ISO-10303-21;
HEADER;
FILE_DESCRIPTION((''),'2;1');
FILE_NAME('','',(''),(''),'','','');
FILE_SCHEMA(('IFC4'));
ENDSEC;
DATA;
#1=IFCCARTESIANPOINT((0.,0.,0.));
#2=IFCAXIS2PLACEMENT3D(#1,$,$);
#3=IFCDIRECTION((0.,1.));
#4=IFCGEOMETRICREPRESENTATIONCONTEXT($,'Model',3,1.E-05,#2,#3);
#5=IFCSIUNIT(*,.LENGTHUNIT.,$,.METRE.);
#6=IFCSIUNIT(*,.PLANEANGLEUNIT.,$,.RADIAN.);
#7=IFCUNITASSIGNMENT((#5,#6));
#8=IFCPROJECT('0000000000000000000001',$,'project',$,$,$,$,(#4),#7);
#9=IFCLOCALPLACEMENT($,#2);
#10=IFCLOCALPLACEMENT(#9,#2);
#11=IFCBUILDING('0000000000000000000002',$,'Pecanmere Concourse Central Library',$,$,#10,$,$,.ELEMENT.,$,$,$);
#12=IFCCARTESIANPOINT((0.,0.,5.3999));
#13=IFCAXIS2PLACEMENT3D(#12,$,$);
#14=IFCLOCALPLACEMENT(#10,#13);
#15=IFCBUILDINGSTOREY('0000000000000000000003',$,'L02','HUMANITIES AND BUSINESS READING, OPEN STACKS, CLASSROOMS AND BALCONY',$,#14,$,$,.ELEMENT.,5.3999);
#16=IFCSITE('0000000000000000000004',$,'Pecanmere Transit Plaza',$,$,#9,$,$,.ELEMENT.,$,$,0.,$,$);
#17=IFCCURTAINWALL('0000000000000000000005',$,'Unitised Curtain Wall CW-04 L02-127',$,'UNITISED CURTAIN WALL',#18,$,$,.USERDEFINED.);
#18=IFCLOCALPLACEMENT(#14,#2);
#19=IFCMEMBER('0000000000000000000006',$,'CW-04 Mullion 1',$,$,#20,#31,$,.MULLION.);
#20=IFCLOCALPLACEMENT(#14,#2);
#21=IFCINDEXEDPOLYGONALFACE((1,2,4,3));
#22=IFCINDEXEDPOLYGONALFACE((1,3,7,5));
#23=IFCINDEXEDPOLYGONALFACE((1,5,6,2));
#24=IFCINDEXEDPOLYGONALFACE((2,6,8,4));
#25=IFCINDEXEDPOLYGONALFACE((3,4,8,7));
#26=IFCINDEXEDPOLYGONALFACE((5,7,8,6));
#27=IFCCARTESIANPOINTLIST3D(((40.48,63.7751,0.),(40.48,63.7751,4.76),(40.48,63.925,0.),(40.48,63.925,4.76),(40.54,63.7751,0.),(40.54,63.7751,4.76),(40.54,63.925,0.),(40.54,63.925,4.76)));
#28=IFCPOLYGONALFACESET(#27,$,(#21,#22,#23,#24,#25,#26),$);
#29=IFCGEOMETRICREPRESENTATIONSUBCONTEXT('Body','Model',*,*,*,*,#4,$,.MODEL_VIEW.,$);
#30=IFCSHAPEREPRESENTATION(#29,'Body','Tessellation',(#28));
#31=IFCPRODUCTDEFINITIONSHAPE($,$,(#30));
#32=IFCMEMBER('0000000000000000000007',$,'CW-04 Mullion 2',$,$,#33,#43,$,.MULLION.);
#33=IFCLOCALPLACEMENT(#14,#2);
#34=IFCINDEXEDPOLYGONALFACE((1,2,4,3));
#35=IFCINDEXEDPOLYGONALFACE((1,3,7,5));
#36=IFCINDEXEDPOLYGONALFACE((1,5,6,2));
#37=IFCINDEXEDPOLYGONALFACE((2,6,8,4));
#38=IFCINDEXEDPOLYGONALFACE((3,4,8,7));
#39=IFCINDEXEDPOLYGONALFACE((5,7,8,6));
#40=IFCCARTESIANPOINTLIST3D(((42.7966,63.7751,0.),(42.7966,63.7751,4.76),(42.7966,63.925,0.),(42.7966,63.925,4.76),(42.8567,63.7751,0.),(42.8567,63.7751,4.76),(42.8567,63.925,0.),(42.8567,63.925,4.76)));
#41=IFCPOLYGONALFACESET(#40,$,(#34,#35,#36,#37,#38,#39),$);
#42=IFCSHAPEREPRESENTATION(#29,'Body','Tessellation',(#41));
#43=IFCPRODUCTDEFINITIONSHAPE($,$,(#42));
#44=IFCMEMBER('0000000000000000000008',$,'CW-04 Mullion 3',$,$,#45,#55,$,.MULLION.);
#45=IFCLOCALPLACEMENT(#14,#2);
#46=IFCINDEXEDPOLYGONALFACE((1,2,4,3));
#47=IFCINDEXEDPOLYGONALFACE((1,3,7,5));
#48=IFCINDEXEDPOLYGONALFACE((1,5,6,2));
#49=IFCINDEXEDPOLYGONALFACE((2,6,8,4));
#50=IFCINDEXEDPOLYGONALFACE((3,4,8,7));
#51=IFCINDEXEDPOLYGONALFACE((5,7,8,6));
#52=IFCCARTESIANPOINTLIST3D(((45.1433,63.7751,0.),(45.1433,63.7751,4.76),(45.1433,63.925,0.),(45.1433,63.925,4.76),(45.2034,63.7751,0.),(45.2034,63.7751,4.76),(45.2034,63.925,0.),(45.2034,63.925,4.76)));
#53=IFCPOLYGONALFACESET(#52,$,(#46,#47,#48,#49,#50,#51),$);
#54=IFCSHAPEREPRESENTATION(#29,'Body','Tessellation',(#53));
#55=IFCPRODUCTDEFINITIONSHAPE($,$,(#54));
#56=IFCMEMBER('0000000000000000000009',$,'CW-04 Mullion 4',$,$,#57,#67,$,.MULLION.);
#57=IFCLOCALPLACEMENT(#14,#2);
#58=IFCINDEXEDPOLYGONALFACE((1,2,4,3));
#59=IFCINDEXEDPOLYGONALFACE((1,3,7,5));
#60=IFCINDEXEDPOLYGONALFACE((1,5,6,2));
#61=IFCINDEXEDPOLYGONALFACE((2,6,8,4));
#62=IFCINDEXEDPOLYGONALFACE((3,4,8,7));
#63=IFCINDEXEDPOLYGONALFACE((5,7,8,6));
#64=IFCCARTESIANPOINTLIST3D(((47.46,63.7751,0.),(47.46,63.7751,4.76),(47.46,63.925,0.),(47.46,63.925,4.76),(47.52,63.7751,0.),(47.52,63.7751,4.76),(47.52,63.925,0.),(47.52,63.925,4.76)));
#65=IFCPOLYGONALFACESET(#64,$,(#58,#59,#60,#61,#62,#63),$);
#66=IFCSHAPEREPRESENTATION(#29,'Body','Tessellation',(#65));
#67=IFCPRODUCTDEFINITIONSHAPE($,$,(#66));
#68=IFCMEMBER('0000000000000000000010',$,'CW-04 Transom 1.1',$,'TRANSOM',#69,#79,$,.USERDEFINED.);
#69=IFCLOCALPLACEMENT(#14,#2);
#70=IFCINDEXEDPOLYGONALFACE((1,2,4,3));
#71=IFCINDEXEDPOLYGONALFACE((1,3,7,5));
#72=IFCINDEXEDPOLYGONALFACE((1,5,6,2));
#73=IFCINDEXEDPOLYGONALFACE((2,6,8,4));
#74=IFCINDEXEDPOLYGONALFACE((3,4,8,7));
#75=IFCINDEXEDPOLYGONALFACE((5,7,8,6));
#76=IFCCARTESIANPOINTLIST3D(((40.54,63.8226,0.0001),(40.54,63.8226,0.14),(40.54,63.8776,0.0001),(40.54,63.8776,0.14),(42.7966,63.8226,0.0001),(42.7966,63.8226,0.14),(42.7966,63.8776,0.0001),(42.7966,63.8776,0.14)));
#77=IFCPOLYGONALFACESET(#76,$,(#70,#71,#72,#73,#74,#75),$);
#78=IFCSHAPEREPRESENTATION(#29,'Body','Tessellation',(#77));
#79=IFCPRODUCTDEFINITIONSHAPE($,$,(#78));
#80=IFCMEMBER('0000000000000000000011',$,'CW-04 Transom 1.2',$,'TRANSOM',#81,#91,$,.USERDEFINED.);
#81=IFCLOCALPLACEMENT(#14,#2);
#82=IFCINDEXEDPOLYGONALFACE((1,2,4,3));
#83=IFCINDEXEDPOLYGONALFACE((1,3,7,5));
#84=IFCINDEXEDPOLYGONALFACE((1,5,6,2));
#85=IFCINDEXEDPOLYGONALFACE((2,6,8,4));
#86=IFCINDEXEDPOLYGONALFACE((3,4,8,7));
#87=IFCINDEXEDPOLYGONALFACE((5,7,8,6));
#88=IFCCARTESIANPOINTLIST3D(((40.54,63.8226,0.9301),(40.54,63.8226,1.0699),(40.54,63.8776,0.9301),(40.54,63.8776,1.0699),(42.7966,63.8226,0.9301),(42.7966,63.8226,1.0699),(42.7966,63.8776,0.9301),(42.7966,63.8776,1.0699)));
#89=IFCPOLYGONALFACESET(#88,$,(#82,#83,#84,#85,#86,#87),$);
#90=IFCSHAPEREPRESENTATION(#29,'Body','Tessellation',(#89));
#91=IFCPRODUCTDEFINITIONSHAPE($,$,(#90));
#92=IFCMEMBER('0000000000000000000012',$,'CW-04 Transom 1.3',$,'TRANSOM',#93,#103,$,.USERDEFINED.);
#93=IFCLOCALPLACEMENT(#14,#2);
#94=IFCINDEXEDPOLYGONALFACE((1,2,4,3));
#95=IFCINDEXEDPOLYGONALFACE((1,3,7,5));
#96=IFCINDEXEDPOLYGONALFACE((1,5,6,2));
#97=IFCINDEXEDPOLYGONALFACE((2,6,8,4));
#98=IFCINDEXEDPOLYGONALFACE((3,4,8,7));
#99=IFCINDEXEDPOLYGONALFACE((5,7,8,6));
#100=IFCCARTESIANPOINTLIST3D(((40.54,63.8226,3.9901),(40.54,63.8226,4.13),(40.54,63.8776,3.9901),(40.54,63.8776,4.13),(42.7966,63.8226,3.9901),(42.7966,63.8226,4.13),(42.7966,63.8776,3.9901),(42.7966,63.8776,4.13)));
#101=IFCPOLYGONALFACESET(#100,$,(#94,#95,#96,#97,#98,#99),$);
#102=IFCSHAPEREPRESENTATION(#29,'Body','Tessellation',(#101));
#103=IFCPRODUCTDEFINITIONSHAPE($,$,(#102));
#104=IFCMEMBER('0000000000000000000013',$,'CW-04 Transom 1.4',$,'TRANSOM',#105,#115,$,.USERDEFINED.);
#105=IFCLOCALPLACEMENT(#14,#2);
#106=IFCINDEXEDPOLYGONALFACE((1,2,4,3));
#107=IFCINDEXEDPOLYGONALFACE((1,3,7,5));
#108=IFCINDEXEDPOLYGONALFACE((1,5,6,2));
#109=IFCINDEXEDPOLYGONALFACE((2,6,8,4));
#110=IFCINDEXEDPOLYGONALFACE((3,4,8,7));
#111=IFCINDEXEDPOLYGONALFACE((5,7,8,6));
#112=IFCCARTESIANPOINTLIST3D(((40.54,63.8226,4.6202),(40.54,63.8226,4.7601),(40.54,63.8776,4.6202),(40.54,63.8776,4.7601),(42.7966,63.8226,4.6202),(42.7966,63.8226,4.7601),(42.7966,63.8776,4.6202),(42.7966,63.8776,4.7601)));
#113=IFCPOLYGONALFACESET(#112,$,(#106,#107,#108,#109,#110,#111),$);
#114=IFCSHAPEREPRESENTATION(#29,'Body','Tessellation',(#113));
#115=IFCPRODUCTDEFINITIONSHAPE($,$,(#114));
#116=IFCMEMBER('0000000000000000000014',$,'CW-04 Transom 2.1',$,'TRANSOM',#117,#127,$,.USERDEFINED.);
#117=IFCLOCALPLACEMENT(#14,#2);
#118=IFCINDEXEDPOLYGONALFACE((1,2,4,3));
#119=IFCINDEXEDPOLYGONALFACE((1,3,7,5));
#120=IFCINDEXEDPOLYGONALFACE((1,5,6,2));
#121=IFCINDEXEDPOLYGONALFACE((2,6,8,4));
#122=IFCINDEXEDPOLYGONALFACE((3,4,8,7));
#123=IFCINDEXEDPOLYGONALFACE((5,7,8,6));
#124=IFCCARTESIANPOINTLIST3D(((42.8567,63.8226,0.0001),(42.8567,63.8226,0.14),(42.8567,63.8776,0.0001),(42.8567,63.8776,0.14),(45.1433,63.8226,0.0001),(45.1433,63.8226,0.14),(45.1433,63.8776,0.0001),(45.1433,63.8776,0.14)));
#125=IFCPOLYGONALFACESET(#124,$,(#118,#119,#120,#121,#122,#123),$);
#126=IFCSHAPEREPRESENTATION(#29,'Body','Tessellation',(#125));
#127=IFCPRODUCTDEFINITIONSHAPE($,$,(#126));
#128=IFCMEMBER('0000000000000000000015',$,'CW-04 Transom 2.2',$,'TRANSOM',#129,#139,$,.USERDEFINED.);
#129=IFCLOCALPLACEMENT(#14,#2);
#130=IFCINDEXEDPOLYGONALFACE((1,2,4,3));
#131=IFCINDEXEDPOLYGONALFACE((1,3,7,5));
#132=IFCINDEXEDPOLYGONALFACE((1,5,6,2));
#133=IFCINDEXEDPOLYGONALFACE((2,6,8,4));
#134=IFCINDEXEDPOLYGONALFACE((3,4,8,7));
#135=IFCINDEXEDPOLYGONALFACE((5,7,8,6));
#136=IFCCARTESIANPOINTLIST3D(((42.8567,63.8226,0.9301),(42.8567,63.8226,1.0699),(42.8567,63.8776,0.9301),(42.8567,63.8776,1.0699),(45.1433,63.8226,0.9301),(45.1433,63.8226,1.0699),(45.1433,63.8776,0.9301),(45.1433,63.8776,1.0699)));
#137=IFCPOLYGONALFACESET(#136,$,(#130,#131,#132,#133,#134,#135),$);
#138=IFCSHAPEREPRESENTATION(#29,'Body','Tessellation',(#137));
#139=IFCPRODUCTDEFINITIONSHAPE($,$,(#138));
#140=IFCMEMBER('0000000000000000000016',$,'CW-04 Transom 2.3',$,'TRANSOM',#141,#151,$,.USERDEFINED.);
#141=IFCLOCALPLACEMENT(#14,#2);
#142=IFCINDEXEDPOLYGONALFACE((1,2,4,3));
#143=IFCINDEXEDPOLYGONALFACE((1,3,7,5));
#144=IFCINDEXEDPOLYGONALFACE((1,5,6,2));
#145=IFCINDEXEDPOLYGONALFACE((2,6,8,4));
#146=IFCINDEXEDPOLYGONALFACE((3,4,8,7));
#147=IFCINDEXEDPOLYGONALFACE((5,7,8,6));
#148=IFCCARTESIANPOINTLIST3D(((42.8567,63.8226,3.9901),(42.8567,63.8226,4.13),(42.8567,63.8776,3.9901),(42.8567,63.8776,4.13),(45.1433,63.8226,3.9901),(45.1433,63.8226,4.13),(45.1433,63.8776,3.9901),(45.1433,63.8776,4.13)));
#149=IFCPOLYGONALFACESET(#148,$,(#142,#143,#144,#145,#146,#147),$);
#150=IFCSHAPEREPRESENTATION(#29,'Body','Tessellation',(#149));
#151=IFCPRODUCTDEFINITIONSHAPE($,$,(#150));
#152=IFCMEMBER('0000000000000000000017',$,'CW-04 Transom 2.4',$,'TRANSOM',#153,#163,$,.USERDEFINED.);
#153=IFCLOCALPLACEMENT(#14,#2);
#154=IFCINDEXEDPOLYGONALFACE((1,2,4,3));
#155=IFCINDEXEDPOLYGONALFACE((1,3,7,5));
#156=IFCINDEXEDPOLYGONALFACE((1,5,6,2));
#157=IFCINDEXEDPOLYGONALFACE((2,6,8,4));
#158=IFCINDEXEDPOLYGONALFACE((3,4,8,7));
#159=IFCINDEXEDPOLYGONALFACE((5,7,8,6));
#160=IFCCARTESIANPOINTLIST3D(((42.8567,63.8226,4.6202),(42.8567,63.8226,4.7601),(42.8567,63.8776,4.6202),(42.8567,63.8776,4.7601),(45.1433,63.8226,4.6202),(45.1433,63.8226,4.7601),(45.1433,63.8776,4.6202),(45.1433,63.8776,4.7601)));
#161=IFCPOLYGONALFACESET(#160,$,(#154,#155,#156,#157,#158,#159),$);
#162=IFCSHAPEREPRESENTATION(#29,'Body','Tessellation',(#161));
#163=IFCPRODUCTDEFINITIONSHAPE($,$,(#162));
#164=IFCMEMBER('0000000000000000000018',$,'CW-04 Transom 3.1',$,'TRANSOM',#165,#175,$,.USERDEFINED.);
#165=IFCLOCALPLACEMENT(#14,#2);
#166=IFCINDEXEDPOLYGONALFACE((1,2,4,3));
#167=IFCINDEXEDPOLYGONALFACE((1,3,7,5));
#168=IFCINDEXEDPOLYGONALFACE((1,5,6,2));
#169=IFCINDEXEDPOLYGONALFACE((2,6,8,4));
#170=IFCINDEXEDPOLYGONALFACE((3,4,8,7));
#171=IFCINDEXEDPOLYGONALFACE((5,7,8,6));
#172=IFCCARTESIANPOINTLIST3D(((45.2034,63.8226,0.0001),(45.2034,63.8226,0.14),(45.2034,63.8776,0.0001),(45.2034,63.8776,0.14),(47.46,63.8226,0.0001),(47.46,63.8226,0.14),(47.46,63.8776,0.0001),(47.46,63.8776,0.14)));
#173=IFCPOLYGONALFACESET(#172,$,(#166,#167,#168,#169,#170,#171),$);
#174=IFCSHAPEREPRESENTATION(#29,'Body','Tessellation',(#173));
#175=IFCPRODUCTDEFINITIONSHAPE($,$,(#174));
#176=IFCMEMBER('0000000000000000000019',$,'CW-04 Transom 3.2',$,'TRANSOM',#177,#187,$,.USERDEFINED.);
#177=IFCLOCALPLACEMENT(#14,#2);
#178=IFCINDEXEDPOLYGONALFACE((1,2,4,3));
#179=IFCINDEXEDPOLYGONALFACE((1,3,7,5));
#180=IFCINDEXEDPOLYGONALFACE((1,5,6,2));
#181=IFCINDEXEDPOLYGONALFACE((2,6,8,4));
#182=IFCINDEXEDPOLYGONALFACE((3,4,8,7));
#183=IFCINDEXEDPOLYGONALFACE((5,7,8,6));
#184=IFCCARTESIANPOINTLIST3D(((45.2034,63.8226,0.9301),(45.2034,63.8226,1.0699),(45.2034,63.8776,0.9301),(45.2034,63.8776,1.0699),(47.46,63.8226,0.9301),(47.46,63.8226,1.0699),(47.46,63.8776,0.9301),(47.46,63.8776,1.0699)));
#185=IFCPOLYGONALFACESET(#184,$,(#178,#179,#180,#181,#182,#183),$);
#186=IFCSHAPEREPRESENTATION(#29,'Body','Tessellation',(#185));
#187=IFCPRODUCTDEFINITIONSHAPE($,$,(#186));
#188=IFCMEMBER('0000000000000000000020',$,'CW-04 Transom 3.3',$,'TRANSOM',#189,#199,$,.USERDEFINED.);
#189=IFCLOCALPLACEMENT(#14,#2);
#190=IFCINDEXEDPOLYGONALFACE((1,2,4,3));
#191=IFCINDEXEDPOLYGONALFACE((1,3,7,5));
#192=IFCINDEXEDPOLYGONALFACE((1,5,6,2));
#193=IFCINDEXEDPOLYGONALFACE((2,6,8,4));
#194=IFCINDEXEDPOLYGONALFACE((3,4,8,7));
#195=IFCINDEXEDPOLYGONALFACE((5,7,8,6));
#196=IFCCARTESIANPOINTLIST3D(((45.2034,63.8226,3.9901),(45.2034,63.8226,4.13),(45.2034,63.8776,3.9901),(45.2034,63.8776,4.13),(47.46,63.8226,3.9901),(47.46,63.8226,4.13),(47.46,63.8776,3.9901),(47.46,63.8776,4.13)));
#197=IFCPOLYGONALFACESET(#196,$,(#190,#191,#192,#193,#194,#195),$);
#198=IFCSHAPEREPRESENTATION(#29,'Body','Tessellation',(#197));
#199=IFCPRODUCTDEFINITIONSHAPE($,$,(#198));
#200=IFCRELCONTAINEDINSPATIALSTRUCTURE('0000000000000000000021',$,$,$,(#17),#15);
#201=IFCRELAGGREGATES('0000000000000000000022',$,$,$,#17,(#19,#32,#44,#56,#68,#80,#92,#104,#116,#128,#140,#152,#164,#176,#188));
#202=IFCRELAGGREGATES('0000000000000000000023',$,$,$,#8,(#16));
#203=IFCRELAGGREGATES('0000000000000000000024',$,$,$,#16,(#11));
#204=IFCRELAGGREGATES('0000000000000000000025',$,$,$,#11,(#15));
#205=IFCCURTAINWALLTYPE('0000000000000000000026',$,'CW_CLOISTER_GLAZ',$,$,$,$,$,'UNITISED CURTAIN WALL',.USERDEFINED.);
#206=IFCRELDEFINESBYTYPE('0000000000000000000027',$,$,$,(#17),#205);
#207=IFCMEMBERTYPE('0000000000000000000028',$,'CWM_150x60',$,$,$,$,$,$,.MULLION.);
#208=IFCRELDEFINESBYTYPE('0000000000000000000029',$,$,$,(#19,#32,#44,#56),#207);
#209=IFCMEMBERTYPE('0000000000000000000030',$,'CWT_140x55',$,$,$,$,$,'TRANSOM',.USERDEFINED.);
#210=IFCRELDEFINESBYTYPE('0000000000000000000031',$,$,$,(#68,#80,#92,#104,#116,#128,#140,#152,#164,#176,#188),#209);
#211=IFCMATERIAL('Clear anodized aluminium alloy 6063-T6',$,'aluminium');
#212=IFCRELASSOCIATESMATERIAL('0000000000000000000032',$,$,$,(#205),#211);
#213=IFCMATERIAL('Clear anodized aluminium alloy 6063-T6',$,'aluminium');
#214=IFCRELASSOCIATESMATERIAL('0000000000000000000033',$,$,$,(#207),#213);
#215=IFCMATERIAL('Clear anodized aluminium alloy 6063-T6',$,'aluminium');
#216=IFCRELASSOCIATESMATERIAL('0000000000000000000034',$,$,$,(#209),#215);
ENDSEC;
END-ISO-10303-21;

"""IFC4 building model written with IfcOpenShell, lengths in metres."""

from ifc_helpers import new_model, si_unit, direction, frame, origin, origin_2d, place, context, subcontext, project, spatial, rectangle, extrude, material, material_profile, profile_set, type_object, element, aggregate, save


model = new_model("IFC4")

# Units and contexts
model_context = context("Model", 3, precision=1e-05, world=origin(), true_north=direction((0.0, 1.0)))
body_context = subcontext(model_context, "Body", "Model", "MODEL_VIEW")
ifc_project = project(units=[si_unit("LENGTHUNIT", "METRE"), si_unit("PLANEANGLEUNIT", "RADIAN")], contexts=[model_context])

# Site, building, storey
site_placement = place(None, origin())
site = spatial("IfcSite", under=ifc_project, at=site_placement, Name="Pecanmere Transit Plaza", CompositionType="ELEMENT", RefElevation=0.0)
building_placement = place(site_placement, origin())
building = spatial("IfcBuilding", under=site, at=building_placement, Name="Pecanmere Concourse Central Library", CompositionType="ELEMENT")
storey_placement = place(building_placement, frame((0.0, 0.0, 5.3999)))
storey = spatial("IfcBuildingStorey", under=building, at=storey_placement, Name="L02", Description="HUMANITIES AND BUSINESS READING, OPEN STACKS, CLASSROOMS AND BALCONY", CompositionType="ELEMENT", Elevation=5.3999)

# Curtain wall, members
ifc_material_1 = material(Name="Clear anodized aluminium alloy 6063-T6", Category="aluminium")
curtain_wall_type = type_object("IfcCurtainWallType", Name="CW_CLOISTER_GLAZ", ElementType="UNITISED CURTAIN WALL", PredefinedType="USERDEFINED", material=ifc_material_1)
curtain_wall_placement = place(storey_placement, origin())
curtain_wall = element("IfcCurtainWall", 1, at=curtain_wall_placement, inside=storey, type_object=curtain_wall_type, Name="Unitised Curtain Wall CW-04 L02-127", ObjectType="UNITISED CURTAIN WALL", PredefinedType="USERDEFINED")
ifc_material_2 = material(Name="Clear anodized aluminium alloy 6063-T6", Category="aluminium")
ifc_material_profile_1 = material_profile(ifc_material_2, rectangle(XDim=0.0601, YDim=0.1499, at=origin_2d()), Name="AL 60x150")
ifc_profile_set_1 = profile_set([ifc_material_profile_1], Name="Clear anodized aluminium alloy 6063-T6")
member_type_1 = type_object("IfcMemberType", Name="CWM_150x60", PredefinedType="MULLION", material=ifc_profile_set_1)
member_1_placement = place(storey_placement, frame((40.51, 63.8501, 0.0), z_axis=(0.0, 0.0, 1.0), x_axis=(1.0, 0.0, 0.0)))
member_1 = element("IfcMember", 2, at=member_1_placement, type_object=member_type_1, Name="CW-04 Mullion 1", PredefinedType="MULLION", context=body_context, shape_type="SweptSolid", body=[
    extrude(rectangle(XDim=0.0601, YDim=0.1499, at=origin_2d()), origin(), (0.0, 0.0, 1.0), 4.76),
])
member_2_placement = place(storey_placement, frame((42.8267, 63.8501, 0.0), z_axis=(0.0, 0.0, 1.0), x_axis=(1.0, 0.0, 0.0)))
member_2 = element("IfcMember", 3, at=member_2_placement, type_object=member_type_1, Name="CW-04 Mullion 2", PredefinedType="MULLION", context=body_context, shape_type="SweptSolid", body=[
    extrude(rectangle(XDim=0.0601, YDim=0.1499, at=origin_2d()), origin(), (0.0, 0.0, 1.0), 4.76),
])
member_3_placement = place(storey_placement, frame((45.1733, 63.8501, 0.0), z_axis=(0.0, 0.0, 1.0), x_axis=(1.0, 0.0, 0.0)))
member_3 = element("IfcMember", 4, at=member_3_placement, type_object=member_type_1, Name="CW-04 Mullion 3", PredefinedType="MULLION", context=body_context, shape_type="SweptSolid", body=[
    extrude(rectangle(XDim=0.0601, YDim=0.1499, at=origin_2d()), origin(), (0.0, 0.0, 1.0), 4.76),
])
member_4_placement = place(storey_placement, frame((47.49, 63.8501, 0.0), z_axis=(0.0, 0.0, 1.0), x_axis=(1.0, 0.0, 0.0)))
member_4 = element("IfcMember", 5, at=member_4_placement, type_object=member_type_1, Name="CW-04 Mullion 4", PredefinedType="MULLION", context=body_context, shape_type="SweptSolid", body=[
    extrude(rectangle(XDim=0.0601, YDim=0.1499, at=origin_2d()), origin(), (0.0, 0.0, 1.0), 4.76),
])
ifc_material_3 = material(Name="Clear anodized aluminium alloy 6063-T6", Category="aluminium")
ifc_material_profile_2 = material_profile(ifc_material_3, rectangle(XDim=0.0549, YDim=0.1399, at=origin_2d()), Name="AL 55x140")
ifc_profile_set_2 = profile_set([ifc_material_profile_2], Name="Clear anodized aluminium alloy 6063-T6")
member_type_2 = type_object("IfcMemberType", Name="CWT_140x55", ElementType="TRANSOM", PredefinedType="USERDEFINED", material=ifc_profile_set_2)
member_5_placement = place(storey_placement, frame((40.54, 63.8501, 0.0701), z_axis=(1.0, 0.0, 0.0), x_axis=(0.0, 1.0, 0.0)))
member_5 = element("IfcMember", 6, at=member_5_placement, type_object=member_type_2, Name="CW-04 Transom 1.1", ObjectType="TRANSOM", PredefinedType="USERDEFINED", context=body_context, shape_type="SweptSolid", body=[
    extrude(rectangle(XDim=0.0549, YDim=0.1399, at=origin_2d()), origin(), (0.0, 0.0, 1.0), 2.2566),
])
member_6_placement = place(storey_placement, frame((40.54, 63.8501, 1.0), z_axis=(1.0, 0.0, 0.0), x_axis=(0.0, 1.0, 0.0)))
member_6 = element("IfcMember", 7, at=member_6_placement, type_object=member_type_2, Name="CW-04 Transom 1.2", ObjectType="TRANSOM", PredefinedType="USERDEFINED", context=body_context, shape_type="SweptSolid", body=[
    extrude(rectangle(XDim=0.0549, YDim=0.1399, at=origin_2d()), origin(), (0.0, 0.0, 1.0), 2.2566),
])
member_7_placement = place(storey_placement, frame((40.54, 63.8501, 4.0601), z_axis=(1.0, 0.0, 0.0), x_axis=(0.0, 1.0, 0.0)))
member_7 = element("IfcMember", 8, at=member_7_placement, type_object=member_type_2, Name="CW-04 Transom 1.3", ObjectType="TRANSOM", PredefinedType="USERDEFINED", context=body_context, shape_type="SweptSolid", body=[
    extrude(rectangle(XDim=0.0549, YDim=0.1399, at=origin_2d()), origin(), (0.0, 0.0, 1.0), 2.2566),
])
member_8_placement = place(storey_placement, frame((40.54, 63.8501, 4.6902), z_axis=(1.0, 0.0, 0.0), x_axis=(0.0, 1.0, 0.0)))
member_8 = element("IfcMember", 9, at=member_8_placement, type_object=member_type_2, Name="CW-04 Transom 1.4", ObjectType="TRANSOM", PredefinedType="USERDEFINED", context=body_context, shape_type="SweptSolid", body=[
    extrude(rectangle(XDim=0.0549, YDim=0.1399, at=origin_2d()), origin(), (0.0, 0.0, 1.0), 2.2566),
])
member_9_placement = place(storey_placement, frame((42.8567, 63.8501, 0.0701), z_axis=(1.0, 0.0, 0.0), x_axis=(0.0, 1.0, 0.0)))
member_9 = element("IfcMember", 10, at=member_9_placement, type_object=member_type_2, Name="CW-04 Transom 2.1", ObjectType="TRANSOM", PredefinedType="USERDEFINED", context=body_context, shape_type="SweptSolid", body=[
    extrude(rectangle(XDim=0.0549, YDim=0.1399, at=origin_2d()), origin(), (0.0, 0.0, 1.0), 2.2866),
])
member_10_placement = place(storey_placement, frame((42.8567, 63.8501, 1.0), z_axis=(1.0, 0.0, 0.0), x_axis=(0.0, 1.0, 0.0)))
member_10 = element("IfcMember", 11, at=member_10_placement, type_object=member_type_2, Name="CW-04 Transom 2.2", ObjectType="TRANSOM", PredefinedType="USERDEFINED", context=body_context, shape_type="SweptSolid", body=[
    extrude(rectangle(XDim=0.0549, YDim=0.1399, at=origin_2d()), origin(), (0.0, 0.0, 1.0), 2.2866),
])
member_11_placement = place(storey_placement, frame((42.8567, 63.8501, 4.0601), z_axis=(1.0, 0.0, 0.0), x_axis=(0.0, 1.0, 0.0)))
member_11 = element("IfcMember", 12, at=member_11_placement, type_object=member_type_2, Name="CW-04 Transom 2.3", ObjectType="TRANSOM", PredefinedType="USERDEFINED", context=body_context, shape_type="SweptSolid", body=[
    extrude(rectangle(XDim=0.0549, YDim=0.1399, at=origin_2d()), origin(), (0.0, 0.0, 1.0), 2.2866),
])
member_12_placement = place(storey_placement, frame((42.8567, 63.8501, 4.6902), z_axis=(1.0, 0.0, 0.0), x_axis=(0.0, 1.0, 0.0)))
member_12 = element("IfcMember", 13, at=member_12_placement, type_object=member_type_2, Name="CW-04 Transom 2.4", ObjectType="TRANSOM", PredefinedType="USERDEFINED", context=body_context, shape_type="SweptSolid", body=[
    extrude(rectangle(XDim=0.0549, YDim=0.1399, at=origin_2d()), origin(), (0.0, 0.0, 1.0), 2.2866),
])
member_13_placement = place(storey_placement, frame((45.2034, 63.8501, 0.0701), z_axis=(1.0, 0.0, 0.0), x_axis=(0.0, 1.0, 0.0)))
member_13 = element("IfcMember", 14, at=member_13_placement, type_object=member_type_2, Name="CW-04 Transom 3.1", ObjectType="TRANSOM", PredefinedType="USERDEFINED", context=body_context, shape_type="SweptSolid", body=[
    extrude(rectangle(XDim=0.0549, YDim=0.1399, at=origin_2d()), origin(), (0.0, 0.0, 1.0), 2.2566),
])
member_14_placement = place(storey_placement, frame((45.2034, 63.8501, 1.0), z_axis=(1.0, 0.0, 0.0), x_axis=(0.0, 1.0, 0.0)))
member_14 = element("IfcMember", 15, at=member_14_placement, type_object=member_type_2, Name="CW-04 Transom 3.2", ObjectType="TRANSOM", PredefinedType="USERDEFINED", context=body_context, shape_type="SweptSolid", body=[
    extrude(rectangle(XDim=0.0549, YDim=0.1399, at=origin_2d()), origin(), (0.0, 0.0, 1.0), 2.2566),
])
member_15_placement = place(storey_placement, frame((45.2034, 63.8501, 4.0601), z_axis=(1.0, 0.0, 0.0), x_axis=(0.0, 1.0, 0.0)))
member_15 = element("IfcMember", 16, at=member_15_placement, type_object=member_type_2, Name="CW-04 Transom 3.3", ObjectType="TRANSOM", PredefinedType="USERDEFINED", context=body_context, shape_type="SweptSolid", body=[
    extrude(rectangle(XDim=0.0549, YDim=0.1399, at=origin_2d()), origin(), (0.0, 0.0, 1.0), 2.2566),
])

aggregate(curtain_wall, [member_1, member_2, member_3, member_4, member_5, member_6, member_7, member_8, member_9, member_10, member_11, member_12, member_13, member_14, member_15])

save(model, "model.ifc")
